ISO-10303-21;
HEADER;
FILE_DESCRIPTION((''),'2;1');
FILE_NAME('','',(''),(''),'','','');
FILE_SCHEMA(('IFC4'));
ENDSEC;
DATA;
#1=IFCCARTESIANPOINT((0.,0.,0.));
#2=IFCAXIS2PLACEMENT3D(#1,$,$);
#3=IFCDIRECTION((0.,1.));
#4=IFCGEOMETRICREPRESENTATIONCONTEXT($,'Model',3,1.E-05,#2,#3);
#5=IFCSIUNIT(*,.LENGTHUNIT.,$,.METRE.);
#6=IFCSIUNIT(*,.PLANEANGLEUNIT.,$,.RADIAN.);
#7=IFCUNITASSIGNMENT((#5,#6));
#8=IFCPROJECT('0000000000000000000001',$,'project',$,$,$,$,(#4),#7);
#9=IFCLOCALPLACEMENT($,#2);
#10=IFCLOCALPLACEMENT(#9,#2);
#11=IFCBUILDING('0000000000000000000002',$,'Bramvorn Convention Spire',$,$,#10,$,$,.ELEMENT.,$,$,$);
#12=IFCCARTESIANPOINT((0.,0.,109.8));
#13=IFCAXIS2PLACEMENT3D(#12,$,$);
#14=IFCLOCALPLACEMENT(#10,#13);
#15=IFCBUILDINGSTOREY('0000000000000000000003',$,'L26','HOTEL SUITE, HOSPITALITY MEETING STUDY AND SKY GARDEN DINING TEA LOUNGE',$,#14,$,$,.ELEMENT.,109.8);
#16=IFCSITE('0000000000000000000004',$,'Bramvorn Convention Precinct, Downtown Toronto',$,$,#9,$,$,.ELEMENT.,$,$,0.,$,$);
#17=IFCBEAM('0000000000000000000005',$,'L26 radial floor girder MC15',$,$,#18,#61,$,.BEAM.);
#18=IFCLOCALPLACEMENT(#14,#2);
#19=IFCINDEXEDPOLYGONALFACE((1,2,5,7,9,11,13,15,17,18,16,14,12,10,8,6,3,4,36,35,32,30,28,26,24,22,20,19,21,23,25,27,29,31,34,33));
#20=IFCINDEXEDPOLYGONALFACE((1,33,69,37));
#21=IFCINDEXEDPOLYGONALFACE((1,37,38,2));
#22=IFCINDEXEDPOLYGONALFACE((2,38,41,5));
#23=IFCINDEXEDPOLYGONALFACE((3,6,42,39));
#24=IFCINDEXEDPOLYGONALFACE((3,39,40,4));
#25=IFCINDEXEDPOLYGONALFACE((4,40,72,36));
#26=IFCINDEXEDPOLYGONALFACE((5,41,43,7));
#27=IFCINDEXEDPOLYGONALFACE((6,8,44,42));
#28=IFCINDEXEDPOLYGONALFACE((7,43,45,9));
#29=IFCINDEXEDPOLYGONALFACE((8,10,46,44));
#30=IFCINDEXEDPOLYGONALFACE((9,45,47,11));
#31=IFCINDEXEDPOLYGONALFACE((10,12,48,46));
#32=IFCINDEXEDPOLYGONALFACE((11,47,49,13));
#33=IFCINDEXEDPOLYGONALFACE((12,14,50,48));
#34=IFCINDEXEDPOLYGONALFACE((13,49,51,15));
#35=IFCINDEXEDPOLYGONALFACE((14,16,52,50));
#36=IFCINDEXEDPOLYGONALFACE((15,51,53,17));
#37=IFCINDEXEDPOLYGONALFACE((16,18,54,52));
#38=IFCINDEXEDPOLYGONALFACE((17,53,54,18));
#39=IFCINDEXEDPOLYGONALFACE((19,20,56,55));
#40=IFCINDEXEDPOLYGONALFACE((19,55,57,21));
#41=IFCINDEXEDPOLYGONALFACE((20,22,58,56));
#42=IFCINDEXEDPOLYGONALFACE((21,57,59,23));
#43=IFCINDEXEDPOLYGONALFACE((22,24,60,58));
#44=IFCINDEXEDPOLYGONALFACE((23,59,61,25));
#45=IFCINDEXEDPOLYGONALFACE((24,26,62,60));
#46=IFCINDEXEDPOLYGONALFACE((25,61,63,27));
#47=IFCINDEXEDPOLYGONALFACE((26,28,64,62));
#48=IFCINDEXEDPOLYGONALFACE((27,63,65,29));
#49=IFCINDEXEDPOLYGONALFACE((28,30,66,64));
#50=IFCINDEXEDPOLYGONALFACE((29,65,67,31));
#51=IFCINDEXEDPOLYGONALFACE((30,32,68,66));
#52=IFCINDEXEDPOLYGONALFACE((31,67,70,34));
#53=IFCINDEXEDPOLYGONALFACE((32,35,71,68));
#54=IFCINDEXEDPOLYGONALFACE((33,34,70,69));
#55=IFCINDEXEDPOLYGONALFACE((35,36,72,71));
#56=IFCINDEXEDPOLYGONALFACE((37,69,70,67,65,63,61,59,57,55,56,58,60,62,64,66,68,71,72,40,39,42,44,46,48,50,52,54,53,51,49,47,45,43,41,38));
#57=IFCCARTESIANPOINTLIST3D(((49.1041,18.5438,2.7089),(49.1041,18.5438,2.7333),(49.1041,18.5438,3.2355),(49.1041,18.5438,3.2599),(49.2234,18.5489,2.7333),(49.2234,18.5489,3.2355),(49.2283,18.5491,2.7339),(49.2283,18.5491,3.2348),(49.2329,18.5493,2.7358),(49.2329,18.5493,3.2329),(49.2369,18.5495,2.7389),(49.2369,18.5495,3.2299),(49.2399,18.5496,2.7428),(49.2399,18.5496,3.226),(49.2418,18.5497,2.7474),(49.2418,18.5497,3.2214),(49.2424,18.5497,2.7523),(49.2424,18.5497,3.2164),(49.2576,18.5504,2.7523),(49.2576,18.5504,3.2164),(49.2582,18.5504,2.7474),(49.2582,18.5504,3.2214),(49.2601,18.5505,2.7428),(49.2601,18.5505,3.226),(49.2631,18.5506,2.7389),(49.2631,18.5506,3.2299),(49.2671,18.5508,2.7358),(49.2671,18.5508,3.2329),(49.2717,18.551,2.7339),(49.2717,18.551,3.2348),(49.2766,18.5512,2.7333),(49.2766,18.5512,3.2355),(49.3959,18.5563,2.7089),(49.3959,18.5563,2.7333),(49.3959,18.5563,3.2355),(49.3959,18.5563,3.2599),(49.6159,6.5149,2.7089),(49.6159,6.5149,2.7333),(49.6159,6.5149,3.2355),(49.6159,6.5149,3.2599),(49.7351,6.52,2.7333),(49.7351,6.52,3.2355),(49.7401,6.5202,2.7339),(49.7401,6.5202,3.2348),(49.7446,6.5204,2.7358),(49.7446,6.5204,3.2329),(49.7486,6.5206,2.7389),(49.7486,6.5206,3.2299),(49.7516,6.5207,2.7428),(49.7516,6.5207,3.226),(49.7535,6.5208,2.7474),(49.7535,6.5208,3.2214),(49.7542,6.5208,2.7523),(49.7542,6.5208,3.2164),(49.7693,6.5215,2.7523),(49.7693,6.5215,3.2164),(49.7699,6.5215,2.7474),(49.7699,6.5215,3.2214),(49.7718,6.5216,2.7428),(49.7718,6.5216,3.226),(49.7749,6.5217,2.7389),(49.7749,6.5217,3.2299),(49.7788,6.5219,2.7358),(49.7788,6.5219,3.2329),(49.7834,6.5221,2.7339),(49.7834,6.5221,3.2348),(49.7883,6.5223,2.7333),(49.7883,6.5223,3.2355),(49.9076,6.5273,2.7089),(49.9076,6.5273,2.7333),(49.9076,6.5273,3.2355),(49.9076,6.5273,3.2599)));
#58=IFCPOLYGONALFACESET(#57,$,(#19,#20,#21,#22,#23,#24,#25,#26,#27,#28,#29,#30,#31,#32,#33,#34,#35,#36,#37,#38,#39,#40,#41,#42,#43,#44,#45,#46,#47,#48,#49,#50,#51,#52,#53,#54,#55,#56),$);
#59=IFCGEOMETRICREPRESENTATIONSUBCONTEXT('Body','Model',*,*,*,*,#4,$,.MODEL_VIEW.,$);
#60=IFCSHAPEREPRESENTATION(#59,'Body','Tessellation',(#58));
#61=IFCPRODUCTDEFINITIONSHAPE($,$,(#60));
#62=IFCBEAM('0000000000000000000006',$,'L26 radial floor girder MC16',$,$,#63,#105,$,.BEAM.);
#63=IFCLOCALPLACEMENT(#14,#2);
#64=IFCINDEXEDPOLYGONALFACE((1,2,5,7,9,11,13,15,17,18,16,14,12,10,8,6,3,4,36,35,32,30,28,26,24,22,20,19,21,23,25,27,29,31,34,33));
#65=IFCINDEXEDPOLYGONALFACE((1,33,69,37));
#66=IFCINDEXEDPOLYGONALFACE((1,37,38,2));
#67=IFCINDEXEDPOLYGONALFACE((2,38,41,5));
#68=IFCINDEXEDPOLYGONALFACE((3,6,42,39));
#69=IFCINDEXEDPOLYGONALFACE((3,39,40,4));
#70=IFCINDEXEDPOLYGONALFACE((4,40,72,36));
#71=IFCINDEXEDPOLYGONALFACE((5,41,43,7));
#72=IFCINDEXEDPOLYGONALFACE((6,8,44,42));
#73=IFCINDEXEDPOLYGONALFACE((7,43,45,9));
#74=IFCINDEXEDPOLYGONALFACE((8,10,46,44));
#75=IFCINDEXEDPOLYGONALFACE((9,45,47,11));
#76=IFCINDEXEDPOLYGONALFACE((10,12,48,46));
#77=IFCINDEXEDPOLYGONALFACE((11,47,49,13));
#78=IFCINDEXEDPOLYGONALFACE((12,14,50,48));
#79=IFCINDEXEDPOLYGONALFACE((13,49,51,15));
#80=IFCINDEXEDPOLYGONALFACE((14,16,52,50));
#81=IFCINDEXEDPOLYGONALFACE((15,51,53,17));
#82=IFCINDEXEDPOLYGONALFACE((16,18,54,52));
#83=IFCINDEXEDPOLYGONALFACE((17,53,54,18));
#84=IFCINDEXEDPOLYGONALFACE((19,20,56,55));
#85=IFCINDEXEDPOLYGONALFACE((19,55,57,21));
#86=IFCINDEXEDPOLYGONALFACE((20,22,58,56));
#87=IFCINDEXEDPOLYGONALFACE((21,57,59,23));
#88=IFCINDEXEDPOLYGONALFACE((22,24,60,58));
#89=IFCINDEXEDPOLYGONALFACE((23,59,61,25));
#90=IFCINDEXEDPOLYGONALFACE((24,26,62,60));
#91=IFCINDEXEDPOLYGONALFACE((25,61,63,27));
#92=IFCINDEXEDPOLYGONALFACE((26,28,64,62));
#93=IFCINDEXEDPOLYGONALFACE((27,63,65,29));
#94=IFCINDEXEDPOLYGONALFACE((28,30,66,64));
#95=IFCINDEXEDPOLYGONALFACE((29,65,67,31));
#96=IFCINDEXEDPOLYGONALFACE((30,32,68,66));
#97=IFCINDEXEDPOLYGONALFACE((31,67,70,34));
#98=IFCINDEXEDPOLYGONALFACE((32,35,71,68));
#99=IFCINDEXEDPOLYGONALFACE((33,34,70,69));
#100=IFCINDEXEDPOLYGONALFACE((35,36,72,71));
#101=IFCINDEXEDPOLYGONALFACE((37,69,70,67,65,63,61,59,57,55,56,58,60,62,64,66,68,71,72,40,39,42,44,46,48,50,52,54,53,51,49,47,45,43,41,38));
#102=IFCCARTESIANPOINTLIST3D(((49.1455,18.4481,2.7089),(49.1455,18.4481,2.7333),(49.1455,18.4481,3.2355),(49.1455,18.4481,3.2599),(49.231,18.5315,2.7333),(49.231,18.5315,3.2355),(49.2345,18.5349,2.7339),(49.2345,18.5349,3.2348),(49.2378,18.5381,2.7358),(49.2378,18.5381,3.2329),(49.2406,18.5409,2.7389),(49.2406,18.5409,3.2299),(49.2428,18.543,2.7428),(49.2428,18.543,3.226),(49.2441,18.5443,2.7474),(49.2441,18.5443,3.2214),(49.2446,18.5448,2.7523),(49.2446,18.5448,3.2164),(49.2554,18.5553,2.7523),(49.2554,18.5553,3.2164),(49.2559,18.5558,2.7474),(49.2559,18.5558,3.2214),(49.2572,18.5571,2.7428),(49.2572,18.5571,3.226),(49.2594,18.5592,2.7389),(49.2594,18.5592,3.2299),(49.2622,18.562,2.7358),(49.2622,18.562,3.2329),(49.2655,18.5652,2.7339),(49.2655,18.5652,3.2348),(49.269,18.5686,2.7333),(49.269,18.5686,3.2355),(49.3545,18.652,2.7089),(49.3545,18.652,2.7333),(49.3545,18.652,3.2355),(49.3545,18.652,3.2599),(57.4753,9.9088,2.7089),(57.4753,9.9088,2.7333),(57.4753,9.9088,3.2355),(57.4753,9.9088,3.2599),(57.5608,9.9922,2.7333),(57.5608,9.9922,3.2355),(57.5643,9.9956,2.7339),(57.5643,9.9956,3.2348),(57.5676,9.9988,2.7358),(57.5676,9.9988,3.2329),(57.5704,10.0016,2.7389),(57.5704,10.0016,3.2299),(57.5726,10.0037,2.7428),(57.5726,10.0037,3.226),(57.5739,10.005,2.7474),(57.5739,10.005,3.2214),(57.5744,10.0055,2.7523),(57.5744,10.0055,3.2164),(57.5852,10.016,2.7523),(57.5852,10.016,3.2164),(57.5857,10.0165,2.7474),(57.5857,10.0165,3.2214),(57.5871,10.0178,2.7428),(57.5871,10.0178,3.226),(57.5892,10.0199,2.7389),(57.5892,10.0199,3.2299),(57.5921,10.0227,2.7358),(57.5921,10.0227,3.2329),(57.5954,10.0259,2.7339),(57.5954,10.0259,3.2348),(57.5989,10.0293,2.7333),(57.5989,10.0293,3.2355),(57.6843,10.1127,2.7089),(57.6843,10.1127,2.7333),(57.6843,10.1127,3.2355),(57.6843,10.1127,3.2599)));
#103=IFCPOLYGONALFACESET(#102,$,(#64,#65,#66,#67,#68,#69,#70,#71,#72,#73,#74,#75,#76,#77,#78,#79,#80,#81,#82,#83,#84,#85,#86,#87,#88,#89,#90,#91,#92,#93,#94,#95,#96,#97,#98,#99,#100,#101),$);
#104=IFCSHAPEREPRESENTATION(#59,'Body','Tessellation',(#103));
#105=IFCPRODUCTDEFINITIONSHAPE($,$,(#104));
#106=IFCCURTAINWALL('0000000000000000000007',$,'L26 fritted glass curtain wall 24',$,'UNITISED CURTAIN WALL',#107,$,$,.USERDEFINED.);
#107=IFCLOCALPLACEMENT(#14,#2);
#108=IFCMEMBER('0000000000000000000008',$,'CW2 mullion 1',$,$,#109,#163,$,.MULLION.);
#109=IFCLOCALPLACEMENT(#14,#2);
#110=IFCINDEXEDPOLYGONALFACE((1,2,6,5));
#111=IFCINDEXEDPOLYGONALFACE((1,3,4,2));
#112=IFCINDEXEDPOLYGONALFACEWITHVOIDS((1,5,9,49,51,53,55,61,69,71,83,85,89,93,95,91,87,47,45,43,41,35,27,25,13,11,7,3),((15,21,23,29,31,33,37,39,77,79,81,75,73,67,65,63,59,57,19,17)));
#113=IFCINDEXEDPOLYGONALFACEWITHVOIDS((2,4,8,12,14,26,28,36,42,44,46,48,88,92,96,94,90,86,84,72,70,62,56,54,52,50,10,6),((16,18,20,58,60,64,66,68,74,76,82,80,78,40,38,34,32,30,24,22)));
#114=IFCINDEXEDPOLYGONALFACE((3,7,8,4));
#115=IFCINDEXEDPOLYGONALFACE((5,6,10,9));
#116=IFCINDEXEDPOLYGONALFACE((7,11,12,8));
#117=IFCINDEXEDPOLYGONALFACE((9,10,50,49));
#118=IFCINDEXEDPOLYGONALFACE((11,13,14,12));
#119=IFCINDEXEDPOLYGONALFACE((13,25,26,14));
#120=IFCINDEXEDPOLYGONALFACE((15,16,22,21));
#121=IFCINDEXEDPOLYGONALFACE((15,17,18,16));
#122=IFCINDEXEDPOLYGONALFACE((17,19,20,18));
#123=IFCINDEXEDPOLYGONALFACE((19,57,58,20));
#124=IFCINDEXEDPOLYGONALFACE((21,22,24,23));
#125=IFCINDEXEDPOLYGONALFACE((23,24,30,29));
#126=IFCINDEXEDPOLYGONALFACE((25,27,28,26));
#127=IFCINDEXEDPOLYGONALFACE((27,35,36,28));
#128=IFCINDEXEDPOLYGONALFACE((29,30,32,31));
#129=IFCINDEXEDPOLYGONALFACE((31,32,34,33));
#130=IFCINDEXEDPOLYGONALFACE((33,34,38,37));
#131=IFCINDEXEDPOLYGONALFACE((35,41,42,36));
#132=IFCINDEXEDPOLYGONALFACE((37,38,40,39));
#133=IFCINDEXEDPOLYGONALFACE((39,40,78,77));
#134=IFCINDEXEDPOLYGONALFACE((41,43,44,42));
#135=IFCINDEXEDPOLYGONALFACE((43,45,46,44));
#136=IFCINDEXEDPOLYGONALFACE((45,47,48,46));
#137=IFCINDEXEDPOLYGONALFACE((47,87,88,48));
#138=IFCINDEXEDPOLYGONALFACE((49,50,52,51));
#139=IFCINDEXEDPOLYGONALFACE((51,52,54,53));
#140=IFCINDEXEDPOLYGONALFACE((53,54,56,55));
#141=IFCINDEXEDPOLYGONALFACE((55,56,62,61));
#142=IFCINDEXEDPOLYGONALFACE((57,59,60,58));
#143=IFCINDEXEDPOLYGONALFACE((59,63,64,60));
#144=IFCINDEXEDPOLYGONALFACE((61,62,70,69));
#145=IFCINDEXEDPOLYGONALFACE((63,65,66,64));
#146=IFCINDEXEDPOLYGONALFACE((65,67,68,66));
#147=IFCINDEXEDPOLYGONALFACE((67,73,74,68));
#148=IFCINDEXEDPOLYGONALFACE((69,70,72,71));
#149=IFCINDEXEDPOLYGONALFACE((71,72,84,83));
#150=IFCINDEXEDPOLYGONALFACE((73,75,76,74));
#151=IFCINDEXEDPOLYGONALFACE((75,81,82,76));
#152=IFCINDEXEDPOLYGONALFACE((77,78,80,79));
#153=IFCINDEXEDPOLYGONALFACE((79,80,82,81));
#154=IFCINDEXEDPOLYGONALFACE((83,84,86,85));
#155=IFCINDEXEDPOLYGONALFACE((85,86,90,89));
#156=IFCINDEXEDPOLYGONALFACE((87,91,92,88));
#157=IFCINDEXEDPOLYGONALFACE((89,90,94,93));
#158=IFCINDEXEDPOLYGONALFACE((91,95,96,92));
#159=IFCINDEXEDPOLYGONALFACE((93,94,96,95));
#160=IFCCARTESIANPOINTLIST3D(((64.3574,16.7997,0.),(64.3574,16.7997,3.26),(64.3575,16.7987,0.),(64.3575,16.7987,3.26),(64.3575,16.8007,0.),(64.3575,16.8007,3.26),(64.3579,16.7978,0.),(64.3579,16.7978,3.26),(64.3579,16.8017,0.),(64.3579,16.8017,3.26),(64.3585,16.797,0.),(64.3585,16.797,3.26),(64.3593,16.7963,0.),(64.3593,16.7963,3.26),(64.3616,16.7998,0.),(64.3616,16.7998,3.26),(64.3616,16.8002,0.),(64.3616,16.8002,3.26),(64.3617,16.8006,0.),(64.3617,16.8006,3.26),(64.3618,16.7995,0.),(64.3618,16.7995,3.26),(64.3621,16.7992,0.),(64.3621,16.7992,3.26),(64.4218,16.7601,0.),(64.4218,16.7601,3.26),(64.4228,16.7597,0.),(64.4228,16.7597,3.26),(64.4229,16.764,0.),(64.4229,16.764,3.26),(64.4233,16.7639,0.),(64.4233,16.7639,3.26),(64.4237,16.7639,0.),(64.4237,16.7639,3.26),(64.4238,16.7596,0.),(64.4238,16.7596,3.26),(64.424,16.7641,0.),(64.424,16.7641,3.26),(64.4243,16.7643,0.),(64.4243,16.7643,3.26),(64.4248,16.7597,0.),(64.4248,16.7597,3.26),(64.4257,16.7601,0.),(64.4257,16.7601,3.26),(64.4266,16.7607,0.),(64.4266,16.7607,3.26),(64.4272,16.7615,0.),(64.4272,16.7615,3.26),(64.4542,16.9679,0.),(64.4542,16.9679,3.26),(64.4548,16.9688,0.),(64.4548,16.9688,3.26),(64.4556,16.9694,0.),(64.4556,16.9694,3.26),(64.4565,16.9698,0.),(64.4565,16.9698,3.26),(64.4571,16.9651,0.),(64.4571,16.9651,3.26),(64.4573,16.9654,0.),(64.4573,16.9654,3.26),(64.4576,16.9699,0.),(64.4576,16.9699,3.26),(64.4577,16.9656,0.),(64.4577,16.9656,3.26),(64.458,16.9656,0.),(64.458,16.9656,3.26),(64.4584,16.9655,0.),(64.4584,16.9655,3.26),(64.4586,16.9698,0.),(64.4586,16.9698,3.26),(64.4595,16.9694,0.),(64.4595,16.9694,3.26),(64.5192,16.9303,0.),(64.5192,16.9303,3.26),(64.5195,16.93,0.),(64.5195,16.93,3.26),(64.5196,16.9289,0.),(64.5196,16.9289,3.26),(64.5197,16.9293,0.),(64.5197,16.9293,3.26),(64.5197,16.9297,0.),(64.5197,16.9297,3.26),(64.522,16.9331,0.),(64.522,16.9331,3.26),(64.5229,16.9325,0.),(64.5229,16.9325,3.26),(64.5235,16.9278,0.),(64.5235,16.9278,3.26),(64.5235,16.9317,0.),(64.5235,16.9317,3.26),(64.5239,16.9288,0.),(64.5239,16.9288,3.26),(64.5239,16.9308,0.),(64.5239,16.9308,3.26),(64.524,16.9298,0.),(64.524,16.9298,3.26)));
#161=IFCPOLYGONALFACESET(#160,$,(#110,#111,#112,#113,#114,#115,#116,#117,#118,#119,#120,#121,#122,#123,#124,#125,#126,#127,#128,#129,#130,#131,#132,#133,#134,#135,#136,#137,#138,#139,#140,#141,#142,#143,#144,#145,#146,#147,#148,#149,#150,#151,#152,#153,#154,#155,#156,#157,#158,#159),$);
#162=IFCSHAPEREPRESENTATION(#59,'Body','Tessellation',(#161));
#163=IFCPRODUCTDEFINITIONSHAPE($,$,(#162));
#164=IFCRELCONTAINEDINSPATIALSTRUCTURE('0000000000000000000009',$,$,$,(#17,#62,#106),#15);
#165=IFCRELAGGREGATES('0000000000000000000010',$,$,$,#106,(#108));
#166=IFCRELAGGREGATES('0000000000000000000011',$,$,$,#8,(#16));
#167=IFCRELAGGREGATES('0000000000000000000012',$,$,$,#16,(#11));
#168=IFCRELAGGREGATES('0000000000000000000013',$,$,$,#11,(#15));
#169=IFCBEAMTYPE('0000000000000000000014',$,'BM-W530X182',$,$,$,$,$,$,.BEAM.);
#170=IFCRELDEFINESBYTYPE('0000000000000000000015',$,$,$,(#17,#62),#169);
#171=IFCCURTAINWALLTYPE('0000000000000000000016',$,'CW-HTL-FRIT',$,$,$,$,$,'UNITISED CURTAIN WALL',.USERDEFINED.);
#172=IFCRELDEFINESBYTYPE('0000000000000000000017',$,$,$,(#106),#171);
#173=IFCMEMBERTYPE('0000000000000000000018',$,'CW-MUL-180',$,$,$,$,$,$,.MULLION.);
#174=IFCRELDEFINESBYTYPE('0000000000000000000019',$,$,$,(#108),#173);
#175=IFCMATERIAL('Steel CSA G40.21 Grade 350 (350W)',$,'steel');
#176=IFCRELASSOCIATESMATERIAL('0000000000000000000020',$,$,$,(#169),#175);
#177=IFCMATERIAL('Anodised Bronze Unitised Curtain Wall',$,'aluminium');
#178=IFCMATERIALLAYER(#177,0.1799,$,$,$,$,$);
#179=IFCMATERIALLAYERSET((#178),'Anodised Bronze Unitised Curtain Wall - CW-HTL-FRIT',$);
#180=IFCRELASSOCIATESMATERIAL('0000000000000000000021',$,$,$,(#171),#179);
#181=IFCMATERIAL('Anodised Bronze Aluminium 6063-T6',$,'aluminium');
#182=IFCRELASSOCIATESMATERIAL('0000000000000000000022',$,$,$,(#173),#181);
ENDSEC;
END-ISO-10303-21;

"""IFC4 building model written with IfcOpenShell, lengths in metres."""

from ifc_helpers import new_model, si_unit, direction, frame, origin, origin_2d, place, context, subcontext, project, spatial, hollow_rectangle, i_section, extrude, material, layer, layer_set, material_profile, profile_set, type_object, element, aggregate, save


model = new_model("IFC4")

# Units and contexts
model_context = context("Model", 3, precision=1e-05, world=origin(), true_north=direction((0.0, 1.0)))
body_context = subcontext(model_context, "Body", "Model", "MODEL_VIEW")
ifc_project = project(units=[si_unit("LENGTHUNIT", "METRE"), si_unit("PLANEANGLEUNIT", "RADIAN")], contexts=[model_context])

# Site, building, storey
site_placement = place(None, origin())
site = spatial("IfcSite", under=ifc_project, at=site_placement, Name="Bramvorn Convention Precinct, Downtown Toronto", CompositionType="ELEMENT", RefElevation=0.0)
building_placement = place(site_placement, origin())
building = spatial("IfcBuilding", under=site, at=building_placement, Name="Bramvorn Convention Spire", CompositionType="ELEMENT")
storey_placement = place(building_placement, frame((0.0, 0.0, 109.8)))
storey = spatial("IfcBuildingStorey", under=building, at=storey_placement, Name="L26", Description="HOTEL SUITE, HOSPITALITY MEETING STUDY AND SKY GARDEN DINING TEA LOUNGE", CompositionType="ELEMENT", Elevation=109.8)

# Shared definitions
ifc_material_1 = material(Name="Steel CSA G40.21 Grade 350 (350W)", Category="steel")

# Beams
ifc_material_profile_1 = material_profile(ifc_material_1, i_section(OverallWidth=0.292, OverallDepth=0.551, WebThickness=0.0151, FlangeThickness=0.0244, FilletRadius=0.019, at=origin_2d()))
ifc_profile_set_1 = profile_set([ifc_material_profile_1], Name="Steel CSA G40.21 Grade 350 (350W) - W530X182")
beam_type_1 = type_object("IfcBeamType", Name="BM-W530X182", PredefinedType="BEAM", material=ifc_profile_set_1)
beam_1_placement = place(storey_placement, frame((49.25, 18.55, 2.9844), z_axis=(0.042503, -0.999096, 0.0), x_axis=(0.999096, 0.042503, 0.0)))
element("IfcBeam", 1, at=beam_1_placement, inside=storey, type_object=beam_type_1, Name="L26 radial floor girder MC15", PredefinedType="BEAM", context=body_context, shape_type="SweptSolid", body=[
    extrude(i_section(OverallWidth=0.292, OverallDepth=0.551, WebThickness=0.0151, FlangeThickness=0.0244, FilletRadius=0.019, at=origin_2d()), origin(), (0.0, 0.0, 1.0), 12.0398),
])
beam_2_placement = place(storey_placement, frame((49.25, 18.55, 2.9844), z_axis=(0.698272, -0.715832, 0.0), x_axis=(0.715832, 0.698272, 0.0)))
element("IfcBeam", 2, at=beam_2_placement, inside=storey, type_object=beam_type_1, Name="L26 radial floor girder MC16", PredefinedType="BEAM", context=body_context, shape_type="SweptSolid", body=[
    extrude(i_section(OverallWidth=0.292, OverallDepth=0.551, WebThickness=0.0151, FlangeThickness=0.0244, FilletRadius=0.019, at=origin_2d()), origin(), (0.0, 0.0, 1.0), 11.9292),
])

# Curtain wall, member
ifc_material_2 = material(Name="Anodised Bronze Unitised Curtain Wall", Category="aluminium")
ifc_layer_1 = layer(ifc_material_2, 0.1799)
ifc_layer_set_1 = layer_set([ifc_layer_1], Name="Anodised Bronze Unitised Curtain Wall - CW-HTL-FRIT")
curtain_wall_type = type_object("IfcCurtainWallType", Name="CW-HTL-FRIT", ElementType="UNITISED CURTAIN WALL", PredefinedType="USERDEFINED", material=ifc_layer_set_1)
curtain_wall_placement = place(storey_placement, origin())
curtain_wall = element("IfcCurtainWall", 3, at=curtain_wall_placement, inside=storey, type_object=curtain_wall_type, Name="L26 fritted glass curtain wall 24", ObjectType="UNITISED CURTAIN WALL", PredefinedType="USERDEFINED")
ifc_material_3 = material(Name="Anodised Bronze Aluminium 6063-T6", Category="aluminium")
ifc_material_profile_2 = material_profile(ifc_material_3, hollow_rectangle(XDim=0.0801, YDim=0.2, WallThickness=0.0039, InnerFilletRadius=0.001, OuterFilletRadius=0.0039, at=origin_2d()))
ifc_profile_set_2 = profile_set([ifc_material_profile_2], Name="Anodised Bronze Aluminium 6063-T6 - CWM80X200")
member_type_1 = type_object("IfcMemberType", Name="CW-MUL-180", PredefinedType="MULLION", material=ifc_profile_set_2)
member_1_placement = place(storey_placement, frame((64.4407, 16.8647, 0.0), z_axis=(0.0, 0.0, 1.0), x_axis=(0.865337, -0.50119, 0.0)))
member_1 = element("IfcMember", 4, at=member_1_placement, type_object=member_type_1, Name="CW2 mullion 1", PredefinedType="MULLION", context=body_context, shape_type="SweptSolid", body=[
    extrude(hollow_rectangle(XDim=0.0801, YDim=0.2, WallThickness=0.0039, InnerFilletRadius=0.001, OuterFilletRadius=0.0039, at=origin_2d()), origin(), (0.0, 0.0, 1.0), 3.26),
])
aggregate(curtain_wall, [member_1])

save(model, "model.ifc")
